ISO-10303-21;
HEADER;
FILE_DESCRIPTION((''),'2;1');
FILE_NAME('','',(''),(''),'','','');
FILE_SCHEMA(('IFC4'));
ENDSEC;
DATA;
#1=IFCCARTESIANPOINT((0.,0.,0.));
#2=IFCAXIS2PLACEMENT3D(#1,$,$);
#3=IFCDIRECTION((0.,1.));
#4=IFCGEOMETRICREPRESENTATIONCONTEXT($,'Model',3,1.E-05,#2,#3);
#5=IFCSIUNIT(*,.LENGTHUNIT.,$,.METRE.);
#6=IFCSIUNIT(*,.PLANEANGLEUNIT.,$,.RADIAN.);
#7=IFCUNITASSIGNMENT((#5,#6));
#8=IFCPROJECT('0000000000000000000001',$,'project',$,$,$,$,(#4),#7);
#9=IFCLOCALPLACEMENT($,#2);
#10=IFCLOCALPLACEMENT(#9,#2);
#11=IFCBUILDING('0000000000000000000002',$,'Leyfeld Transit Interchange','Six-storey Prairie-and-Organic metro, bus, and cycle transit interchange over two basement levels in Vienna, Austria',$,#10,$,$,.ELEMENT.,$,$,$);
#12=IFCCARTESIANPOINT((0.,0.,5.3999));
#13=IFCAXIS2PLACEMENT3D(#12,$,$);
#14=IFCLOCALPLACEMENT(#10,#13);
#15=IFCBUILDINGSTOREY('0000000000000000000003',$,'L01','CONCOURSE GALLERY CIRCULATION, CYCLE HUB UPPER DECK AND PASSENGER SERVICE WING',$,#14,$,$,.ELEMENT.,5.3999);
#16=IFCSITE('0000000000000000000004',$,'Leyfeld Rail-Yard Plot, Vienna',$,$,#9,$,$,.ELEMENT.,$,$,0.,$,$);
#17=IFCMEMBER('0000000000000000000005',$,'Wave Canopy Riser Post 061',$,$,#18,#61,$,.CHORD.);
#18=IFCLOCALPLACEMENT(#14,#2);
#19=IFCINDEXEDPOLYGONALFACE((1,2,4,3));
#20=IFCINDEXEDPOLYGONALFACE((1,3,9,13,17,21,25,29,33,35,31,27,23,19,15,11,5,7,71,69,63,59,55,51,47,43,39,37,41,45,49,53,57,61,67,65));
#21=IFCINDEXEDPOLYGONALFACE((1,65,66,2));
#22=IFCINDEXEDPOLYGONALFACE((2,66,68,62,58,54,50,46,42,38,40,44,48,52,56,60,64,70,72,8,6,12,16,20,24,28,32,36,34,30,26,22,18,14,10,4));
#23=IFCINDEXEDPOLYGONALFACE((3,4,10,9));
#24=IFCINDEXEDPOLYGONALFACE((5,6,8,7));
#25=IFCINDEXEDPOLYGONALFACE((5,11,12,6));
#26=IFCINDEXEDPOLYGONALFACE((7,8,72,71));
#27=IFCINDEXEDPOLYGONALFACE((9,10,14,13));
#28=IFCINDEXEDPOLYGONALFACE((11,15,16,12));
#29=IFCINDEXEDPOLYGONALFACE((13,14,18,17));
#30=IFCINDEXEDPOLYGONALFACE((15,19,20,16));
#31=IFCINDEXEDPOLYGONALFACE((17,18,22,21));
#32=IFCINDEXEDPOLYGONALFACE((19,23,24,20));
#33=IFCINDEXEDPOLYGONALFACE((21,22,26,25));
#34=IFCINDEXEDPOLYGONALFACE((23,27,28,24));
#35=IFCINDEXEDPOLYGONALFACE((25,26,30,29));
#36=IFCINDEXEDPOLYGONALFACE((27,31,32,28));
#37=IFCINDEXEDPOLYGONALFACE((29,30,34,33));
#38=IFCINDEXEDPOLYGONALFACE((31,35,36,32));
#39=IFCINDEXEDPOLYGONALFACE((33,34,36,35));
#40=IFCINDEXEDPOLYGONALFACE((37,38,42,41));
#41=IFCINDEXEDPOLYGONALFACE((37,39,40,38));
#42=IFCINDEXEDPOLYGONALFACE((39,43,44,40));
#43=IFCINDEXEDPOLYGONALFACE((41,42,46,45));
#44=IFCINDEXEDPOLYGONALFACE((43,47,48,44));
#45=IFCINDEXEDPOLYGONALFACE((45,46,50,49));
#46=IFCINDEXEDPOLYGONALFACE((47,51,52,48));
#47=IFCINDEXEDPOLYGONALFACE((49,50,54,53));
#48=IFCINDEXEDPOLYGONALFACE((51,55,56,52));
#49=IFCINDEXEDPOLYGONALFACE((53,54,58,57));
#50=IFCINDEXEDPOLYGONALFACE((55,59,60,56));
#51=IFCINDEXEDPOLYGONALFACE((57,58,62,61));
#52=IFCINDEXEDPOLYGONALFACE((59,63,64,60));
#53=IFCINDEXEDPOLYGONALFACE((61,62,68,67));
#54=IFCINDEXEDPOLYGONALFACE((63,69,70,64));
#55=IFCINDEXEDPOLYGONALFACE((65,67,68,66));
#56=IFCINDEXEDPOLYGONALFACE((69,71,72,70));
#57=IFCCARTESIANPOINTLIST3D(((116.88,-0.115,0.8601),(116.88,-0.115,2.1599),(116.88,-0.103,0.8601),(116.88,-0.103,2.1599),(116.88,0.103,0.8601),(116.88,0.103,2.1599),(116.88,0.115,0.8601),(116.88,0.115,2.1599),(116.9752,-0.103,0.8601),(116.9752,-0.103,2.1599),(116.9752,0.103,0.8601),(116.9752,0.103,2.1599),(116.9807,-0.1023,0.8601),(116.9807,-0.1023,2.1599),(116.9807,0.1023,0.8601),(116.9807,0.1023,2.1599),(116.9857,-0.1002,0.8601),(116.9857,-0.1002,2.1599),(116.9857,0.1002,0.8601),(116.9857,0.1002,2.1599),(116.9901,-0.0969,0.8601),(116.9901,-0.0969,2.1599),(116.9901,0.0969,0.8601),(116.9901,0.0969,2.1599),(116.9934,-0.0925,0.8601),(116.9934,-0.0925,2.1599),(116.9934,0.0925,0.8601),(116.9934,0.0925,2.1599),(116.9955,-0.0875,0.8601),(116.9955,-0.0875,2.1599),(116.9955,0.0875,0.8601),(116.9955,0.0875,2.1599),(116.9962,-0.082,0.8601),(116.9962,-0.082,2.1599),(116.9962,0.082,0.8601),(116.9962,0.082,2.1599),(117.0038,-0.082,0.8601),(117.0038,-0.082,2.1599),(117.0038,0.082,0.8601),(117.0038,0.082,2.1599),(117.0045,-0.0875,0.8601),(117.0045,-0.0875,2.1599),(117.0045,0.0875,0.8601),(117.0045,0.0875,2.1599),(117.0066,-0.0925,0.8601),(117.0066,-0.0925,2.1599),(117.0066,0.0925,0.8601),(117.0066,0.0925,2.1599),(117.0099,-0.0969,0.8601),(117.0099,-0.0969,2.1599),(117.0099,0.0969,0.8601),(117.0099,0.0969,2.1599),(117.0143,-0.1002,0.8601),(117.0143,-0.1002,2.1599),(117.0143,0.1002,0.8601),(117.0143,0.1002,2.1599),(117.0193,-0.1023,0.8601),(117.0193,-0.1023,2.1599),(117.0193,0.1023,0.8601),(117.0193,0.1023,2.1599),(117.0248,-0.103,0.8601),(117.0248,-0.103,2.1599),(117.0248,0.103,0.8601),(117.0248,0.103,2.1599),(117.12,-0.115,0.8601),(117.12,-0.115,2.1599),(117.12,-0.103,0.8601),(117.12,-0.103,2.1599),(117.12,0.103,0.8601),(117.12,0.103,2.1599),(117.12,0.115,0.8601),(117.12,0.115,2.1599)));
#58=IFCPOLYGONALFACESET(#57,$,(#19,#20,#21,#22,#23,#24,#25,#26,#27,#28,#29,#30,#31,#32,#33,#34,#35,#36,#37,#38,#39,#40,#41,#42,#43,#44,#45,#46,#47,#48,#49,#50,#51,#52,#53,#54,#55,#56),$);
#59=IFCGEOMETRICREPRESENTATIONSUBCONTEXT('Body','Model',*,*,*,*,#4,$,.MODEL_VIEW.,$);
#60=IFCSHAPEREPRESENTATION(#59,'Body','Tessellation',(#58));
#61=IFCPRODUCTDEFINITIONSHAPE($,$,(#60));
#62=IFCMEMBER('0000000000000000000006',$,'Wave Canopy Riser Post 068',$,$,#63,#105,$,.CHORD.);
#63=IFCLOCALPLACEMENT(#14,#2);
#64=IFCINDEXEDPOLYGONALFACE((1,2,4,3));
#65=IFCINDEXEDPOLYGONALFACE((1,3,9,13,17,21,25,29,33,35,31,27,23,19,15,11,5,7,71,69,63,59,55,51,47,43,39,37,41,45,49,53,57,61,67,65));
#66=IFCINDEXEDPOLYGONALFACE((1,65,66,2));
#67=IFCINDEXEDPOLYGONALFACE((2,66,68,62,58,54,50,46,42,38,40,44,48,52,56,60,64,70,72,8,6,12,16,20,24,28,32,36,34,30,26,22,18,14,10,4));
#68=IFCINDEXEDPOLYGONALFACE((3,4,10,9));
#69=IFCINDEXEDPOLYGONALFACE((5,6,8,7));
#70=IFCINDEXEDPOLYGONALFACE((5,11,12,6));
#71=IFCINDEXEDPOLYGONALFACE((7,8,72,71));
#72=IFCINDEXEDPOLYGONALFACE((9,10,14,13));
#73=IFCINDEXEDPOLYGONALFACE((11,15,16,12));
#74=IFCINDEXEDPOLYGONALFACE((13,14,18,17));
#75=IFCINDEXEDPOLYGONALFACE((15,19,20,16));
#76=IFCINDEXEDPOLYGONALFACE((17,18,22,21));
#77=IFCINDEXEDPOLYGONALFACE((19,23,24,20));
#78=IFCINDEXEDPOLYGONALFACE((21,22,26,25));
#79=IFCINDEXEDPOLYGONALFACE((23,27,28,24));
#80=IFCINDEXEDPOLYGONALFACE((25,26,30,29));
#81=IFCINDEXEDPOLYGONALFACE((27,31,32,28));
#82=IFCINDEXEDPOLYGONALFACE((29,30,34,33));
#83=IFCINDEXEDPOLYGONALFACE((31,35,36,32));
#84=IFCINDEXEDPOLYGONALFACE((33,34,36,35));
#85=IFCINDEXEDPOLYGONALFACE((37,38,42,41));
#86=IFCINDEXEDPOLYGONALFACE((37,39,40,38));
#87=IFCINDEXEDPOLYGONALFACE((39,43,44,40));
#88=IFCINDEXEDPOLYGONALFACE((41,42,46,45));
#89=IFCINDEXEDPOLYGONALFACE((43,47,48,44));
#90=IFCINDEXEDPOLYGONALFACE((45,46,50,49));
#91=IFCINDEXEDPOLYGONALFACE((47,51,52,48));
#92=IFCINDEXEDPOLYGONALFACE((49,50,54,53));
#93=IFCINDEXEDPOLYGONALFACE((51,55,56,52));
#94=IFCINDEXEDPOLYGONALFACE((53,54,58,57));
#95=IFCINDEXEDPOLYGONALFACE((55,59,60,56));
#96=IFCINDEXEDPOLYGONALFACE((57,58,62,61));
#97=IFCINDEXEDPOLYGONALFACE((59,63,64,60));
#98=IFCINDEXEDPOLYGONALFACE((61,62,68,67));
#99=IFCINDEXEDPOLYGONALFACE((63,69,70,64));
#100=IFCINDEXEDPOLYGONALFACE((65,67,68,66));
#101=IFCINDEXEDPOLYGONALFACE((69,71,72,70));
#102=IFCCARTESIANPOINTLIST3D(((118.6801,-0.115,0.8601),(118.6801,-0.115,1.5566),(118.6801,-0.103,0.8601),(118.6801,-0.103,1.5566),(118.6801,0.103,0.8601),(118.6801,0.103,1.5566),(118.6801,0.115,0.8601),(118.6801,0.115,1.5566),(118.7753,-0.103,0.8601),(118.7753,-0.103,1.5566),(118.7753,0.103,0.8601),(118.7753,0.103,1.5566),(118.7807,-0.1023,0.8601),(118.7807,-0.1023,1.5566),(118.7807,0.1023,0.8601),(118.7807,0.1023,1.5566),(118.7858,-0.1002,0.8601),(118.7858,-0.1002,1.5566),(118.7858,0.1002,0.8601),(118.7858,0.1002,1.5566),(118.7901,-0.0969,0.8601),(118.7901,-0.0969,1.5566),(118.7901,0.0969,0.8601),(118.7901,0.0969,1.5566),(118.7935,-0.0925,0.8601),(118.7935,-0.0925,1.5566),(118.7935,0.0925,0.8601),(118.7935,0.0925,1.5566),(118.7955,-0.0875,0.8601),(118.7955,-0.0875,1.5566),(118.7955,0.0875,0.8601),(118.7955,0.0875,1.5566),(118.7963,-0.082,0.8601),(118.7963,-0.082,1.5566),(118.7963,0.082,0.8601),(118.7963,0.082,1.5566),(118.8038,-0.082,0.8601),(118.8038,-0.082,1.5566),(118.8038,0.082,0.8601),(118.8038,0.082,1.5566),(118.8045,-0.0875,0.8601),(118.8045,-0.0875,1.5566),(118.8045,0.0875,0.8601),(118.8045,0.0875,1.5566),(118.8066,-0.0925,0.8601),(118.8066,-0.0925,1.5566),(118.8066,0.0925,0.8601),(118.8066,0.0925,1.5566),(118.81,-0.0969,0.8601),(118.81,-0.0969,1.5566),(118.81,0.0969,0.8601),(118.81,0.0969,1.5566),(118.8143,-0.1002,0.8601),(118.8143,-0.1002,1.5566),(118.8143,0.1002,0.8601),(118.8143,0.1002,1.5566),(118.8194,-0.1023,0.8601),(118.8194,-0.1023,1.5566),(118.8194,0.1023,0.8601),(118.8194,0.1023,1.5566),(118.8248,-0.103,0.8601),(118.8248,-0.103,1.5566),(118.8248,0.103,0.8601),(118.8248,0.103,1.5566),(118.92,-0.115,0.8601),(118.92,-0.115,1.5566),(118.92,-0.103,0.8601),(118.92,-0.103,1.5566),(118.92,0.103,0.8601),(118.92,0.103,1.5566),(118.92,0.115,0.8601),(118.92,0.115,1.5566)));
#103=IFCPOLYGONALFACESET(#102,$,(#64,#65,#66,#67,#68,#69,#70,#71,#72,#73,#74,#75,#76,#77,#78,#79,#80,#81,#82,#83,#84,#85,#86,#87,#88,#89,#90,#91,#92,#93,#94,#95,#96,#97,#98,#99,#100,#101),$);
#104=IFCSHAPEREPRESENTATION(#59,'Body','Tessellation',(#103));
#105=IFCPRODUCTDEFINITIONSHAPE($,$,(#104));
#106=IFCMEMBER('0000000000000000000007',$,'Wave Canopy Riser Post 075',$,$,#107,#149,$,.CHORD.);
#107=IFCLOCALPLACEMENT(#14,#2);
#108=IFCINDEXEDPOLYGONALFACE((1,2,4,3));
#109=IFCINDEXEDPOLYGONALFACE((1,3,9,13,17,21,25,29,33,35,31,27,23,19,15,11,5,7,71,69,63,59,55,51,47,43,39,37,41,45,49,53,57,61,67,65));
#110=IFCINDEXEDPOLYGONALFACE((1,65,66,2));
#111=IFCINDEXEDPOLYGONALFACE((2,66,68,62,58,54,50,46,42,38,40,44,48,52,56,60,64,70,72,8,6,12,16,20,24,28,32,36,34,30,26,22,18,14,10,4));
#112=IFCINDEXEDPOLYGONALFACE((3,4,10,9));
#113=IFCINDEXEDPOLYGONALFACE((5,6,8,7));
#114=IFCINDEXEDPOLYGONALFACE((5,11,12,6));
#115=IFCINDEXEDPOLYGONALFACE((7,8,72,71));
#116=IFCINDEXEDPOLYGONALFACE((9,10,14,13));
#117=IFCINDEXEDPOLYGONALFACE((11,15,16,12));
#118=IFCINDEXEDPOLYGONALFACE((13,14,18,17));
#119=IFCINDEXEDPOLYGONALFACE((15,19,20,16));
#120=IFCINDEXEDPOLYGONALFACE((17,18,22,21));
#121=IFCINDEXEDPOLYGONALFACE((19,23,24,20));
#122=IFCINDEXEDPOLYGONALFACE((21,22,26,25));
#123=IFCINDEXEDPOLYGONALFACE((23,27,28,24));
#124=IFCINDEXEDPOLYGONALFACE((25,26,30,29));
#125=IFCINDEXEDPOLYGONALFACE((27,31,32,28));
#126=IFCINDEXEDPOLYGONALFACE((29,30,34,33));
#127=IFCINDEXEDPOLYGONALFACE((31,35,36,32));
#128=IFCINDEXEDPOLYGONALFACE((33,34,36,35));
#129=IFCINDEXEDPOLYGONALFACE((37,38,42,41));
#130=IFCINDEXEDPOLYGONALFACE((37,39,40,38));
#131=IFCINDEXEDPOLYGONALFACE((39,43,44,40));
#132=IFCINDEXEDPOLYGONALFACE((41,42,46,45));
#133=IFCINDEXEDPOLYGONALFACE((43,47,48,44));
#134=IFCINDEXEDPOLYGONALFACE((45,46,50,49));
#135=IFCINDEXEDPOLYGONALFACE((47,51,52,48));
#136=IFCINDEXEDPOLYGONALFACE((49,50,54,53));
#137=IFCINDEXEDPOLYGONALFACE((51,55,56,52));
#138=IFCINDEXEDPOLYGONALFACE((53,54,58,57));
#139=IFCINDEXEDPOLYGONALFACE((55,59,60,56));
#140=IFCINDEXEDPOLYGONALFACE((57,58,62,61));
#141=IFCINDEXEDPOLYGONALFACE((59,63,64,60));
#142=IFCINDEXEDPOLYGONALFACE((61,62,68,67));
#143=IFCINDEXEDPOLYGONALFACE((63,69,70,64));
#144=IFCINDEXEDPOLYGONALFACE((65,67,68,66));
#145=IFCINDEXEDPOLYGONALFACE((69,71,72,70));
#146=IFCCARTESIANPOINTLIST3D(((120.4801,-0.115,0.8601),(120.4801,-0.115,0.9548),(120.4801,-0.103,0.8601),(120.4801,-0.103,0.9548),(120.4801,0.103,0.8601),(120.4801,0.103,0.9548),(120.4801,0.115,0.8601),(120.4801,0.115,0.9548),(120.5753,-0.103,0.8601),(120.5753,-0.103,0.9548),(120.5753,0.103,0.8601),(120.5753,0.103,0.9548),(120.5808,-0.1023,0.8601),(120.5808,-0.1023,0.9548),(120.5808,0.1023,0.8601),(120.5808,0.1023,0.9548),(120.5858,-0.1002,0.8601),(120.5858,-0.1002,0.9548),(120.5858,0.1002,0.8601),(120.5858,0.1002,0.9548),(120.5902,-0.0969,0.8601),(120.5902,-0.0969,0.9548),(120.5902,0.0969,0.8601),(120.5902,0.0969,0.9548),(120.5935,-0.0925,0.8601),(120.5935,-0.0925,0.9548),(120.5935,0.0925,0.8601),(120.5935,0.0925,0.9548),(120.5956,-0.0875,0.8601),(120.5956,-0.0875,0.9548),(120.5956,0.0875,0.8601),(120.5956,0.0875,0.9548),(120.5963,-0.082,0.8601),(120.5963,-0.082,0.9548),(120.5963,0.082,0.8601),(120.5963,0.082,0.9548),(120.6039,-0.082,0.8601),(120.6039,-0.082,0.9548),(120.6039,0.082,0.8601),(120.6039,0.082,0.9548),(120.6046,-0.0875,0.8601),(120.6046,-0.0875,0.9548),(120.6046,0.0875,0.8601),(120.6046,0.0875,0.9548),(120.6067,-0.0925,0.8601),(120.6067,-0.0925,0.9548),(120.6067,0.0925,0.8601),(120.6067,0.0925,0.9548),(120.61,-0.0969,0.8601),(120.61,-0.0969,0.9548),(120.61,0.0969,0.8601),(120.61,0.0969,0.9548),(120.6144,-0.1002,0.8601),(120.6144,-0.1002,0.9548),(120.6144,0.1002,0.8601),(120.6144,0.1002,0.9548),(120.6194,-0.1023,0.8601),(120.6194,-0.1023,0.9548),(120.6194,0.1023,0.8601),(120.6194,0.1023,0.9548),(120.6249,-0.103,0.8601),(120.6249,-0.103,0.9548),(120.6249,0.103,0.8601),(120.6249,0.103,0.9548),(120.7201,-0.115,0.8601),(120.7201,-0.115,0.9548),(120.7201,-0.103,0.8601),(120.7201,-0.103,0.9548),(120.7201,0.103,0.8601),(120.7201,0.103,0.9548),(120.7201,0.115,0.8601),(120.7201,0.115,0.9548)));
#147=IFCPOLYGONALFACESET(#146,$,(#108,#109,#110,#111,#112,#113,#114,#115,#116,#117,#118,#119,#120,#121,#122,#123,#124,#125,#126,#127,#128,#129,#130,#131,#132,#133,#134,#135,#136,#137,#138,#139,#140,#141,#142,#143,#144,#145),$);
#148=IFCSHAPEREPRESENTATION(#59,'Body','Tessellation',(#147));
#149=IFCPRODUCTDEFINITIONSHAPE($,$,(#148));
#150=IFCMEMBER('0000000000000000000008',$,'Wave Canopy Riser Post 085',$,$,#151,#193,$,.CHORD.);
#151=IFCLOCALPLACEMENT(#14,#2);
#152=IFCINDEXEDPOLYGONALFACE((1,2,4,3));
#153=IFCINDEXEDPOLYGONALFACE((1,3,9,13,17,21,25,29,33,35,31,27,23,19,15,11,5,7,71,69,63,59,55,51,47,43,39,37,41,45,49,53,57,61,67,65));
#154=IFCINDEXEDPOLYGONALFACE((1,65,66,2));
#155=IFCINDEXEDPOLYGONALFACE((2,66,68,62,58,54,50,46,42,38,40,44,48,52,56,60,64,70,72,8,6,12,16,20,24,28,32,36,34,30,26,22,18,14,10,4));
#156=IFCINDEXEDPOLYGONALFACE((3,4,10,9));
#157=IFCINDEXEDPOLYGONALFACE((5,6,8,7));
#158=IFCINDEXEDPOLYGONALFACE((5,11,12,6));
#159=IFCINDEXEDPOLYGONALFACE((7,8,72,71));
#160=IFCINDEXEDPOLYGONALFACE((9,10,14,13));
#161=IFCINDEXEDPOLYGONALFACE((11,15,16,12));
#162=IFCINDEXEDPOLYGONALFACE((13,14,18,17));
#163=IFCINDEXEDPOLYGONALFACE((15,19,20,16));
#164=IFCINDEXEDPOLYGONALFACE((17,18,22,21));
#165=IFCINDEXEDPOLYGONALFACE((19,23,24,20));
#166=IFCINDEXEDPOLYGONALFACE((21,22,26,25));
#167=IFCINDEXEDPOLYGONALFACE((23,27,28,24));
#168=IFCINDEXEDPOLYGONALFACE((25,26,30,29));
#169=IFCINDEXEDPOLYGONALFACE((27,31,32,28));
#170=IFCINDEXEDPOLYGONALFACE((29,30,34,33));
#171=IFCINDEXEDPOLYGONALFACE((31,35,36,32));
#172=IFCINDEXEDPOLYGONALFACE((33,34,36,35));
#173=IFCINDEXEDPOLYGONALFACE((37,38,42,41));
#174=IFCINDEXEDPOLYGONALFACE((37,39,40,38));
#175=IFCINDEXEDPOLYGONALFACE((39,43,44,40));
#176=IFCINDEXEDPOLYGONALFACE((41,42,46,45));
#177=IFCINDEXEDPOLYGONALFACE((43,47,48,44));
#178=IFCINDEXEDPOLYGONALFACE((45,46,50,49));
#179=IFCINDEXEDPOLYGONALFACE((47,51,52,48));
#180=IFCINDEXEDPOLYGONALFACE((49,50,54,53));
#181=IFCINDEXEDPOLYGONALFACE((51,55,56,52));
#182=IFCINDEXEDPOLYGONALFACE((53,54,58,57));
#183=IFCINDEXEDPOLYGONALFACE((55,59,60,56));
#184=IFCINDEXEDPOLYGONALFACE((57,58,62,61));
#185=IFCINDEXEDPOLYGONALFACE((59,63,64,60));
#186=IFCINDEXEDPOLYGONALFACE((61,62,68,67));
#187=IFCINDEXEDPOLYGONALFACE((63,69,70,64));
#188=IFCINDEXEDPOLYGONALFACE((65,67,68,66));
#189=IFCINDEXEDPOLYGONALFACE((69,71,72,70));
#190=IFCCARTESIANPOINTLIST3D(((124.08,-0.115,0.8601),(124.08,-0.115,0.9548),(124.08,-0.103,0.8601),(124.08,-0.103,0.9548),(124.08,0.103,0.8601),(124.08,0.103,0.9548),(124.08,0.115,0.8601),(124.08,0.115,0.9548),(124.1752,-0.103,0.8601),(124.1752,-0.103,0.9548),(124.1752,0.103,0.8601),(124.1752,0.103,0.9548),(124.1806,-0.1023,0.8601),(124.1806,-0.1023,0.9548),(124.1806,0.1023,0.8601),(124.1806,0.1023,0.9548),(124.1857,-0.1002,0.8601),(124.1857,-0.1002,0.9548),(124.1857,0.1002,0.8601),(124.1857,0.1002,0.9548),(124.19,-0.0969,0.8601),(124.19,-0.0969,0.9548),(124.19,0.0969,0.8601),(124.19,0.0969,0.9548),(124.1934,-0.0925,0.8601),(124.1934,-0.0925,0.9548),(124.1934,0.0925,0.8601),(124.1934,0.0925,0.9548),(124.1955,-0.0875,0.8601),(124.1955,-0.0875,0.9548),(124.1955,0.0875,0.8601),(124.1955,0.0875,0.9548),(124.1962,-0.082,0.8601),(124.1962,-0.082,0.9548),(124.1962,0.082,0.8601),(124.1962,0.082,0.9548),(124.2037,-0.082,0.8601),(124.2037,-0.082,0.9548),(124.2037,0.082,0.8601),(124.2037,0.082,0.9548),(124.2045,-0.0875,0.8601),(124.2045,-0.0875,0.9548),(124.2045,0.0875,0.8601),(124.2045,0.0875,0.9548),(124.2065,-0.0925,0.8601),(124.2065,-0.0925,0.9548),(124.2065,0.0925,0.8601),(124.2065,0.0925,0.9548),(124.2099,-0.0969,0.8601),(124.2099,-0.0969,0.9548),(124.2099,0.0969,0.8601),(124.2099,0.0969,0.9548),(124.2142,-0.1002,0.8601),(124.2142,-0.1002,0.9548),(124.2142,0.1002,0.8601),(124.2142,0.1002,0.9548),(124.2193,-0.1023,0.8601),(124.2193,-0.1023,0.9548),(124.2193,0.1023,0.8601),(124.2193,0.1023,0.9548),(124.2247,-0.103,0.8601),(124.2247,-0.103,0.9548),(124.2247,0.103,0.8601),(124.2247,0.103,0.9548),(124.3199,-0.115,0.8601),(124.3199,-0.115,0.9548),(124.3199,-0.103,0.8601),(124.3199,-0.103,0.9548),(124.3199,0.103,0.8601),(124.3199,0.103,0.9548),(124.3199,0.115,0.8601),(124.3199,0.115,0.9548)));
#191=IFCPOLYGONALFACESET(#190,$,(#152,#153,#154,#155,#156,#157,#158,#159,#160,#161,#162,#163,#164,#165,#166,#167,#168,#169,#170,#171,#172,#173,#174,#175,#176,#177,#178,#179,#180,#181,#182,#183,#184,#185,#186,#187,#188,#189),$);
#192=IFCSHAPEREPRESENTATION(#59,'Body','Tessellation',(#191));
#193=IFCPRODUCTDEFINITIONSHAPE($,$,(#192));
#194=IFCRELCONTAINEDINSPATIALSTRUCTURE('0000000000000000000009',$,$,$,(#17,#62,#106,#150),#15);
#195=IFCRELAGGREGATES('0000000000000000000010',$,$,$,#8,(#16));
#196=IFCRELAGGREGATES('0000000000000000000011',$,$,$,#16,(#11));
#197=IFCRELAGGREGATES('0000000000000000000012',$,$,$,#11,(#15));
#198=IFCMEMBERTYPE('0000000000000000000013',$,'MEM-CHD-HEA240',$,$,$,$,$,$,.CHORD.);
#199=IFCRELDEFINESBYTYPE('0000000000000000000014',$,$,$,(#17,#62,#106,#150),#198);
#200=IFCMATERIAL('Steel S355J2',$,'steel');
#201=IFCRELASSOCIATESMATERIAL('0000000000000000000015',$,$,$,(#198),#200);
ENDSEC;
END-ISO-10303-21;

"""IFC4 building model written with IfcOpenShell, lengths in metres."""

from ifc_helpers import new_model, si_unit, direction, frame, origin, origin_2d, place, context, subcontext, project, spatial, i_section, extrude, material, material_profile, profile_set, type_object, element, save


model = new_model("IFC4")

# Units and contexts
model_context = context("Model", 3, precision=1e-05, world=origin(), true_north=direction((0.0, 1.0)))
body_context = subcontext(model_context, "Body", "Model", "MODEL_VIEW")
ifc_project = project(units=[si_unit("LENGTHUNIT", "METRE"), si_unit("PLANEANGLEUNIT", "RADIAN")], contexts=[model_context])

# Site, building, storey
site_placement = place(None, origin())
site = spatial("IfcSite", under=ifc_project, at=site_placement, Name="Leyfeld Rail-Yard Plot, Vienna", CompositionType="ELEMENT", RefElevation=0.0)
building_placement = place(site_placement, origin())
building = spatial("IfcBuilding", under=site, at=building_placement, Name="Leyfeld Transit Interchange", Description="Six-storey Prairie-and-Organic metro, bus, and cycle transit interchange over two basement levels in Vienna, Austria", CompositionType="ELEMENT")
storey_placement = place(building_placement, frame((0.0, 0.0, 5.3999)))
storey = spatial("IfcBuildingStorey", under=building, at=storey_placement, Name="L01", Description="CONCOURSE GALLERY CIRCULATION, CYCLE HUB UPPER DECK AND PASSENGER SERVICE WING", CompositionType="ELEMENT", Elevation=5.3999)

# Members
ifc_material = material(Name="Steel S355J2", Category="steel")
ifc_material_profile_1 = material_profile(ifc_material, i_section(OverallWidth=0.24, OverallDepth=0.23, WebThickness=0.0076, FlangeThickness=0.012, FilletRadius=0.021, at=origin_2d()), Name="HEA 240")
ifc_profile_set_1 = profile_set([ifc_material_profile_1], Name="Steel S355J2")
member_type_1 = type_object("IfcMemberType", Name="MEM-CHD-HEA240", PredefinedType="CHORD", material=ifc_profile_set_1)
member_1_placement = place(storey_placement, frame((117.0, 0.0, 0.8601), z_axis=(0.0, 0.0, 1.0), x_axis=(1.0, 0.0, 0.0)))
element("IfcMember", 1, at=member_1_placement, inside=storey, type_object=member_type_1, Name="Wave Canopy Riser Post 061", PredefinedType="CHORD", context=body_context, shape_type="SweptSolid", body=[
    extrude(i_section(OverallWidth=0.24, OverallDepth=0.23, WebThickness=0.0076, FlangeThickness=0.012, FilletRadius=0.021, at=origin_2d()), origin(), (0.0, 0.0, 1.0), 1.2998),
])
member_2_placement = place(storey_placement, frame((118.8, 0.0, 0.8601), z_axis=(0.0, 0.0, 1.0), x_axis=(1.0, 0.0, 0.0)))
element("IfcMember", 2, at=member_2_placement, inside=storey, type_object=member_type_1, Name="Wave Canopy Riser Post 068", PredefinedType="CHORD", context=body_context, shape_type="SweptSolid", body=[
    extrude(i_section(OverallWidth=0.24, OverallDepth=0.23, WebThickness=0.0076, FlangeThickness=0.012, FilletRadius=0.021, at=origin_2d()), origin(), (0.0, 0.0, 1.0), 0.6965),
])
for number, where, z_axis, x_axis, name in (
    (3, (120.6001, 0.0, 0.8601), (0.0, 0.0, 1.0), (1.0, 0.0, 0.0), "Wave Canopy Riser Post 075"),
    (4, (124.2, 0.0, 0.8601), (0.0, 0.0, 1.0), (1.0, 0.0, 0.0), "Wave Canopy Riser Post 085"),
):
    element("IfcMember", number, at=place(storey_placement, frame(where, z_axis=z_axis, x_axis=x_axis)), inside=storey, type_object=member_type_1, Name=name, PredefinedType="CHORD", context=body_context, shape_type="SweptSolid", body=[
        extrude(i_section(OverallWidth=0.24, OverallDepth=0.23, WebThickness=0.0076, FlangeThickness=0.012, FilletRadius=0.021, at=origin_2d()), origin(), (0.0, 0.0, 1.0), 0.0947),
    ])

save(model, "model.ifc")
